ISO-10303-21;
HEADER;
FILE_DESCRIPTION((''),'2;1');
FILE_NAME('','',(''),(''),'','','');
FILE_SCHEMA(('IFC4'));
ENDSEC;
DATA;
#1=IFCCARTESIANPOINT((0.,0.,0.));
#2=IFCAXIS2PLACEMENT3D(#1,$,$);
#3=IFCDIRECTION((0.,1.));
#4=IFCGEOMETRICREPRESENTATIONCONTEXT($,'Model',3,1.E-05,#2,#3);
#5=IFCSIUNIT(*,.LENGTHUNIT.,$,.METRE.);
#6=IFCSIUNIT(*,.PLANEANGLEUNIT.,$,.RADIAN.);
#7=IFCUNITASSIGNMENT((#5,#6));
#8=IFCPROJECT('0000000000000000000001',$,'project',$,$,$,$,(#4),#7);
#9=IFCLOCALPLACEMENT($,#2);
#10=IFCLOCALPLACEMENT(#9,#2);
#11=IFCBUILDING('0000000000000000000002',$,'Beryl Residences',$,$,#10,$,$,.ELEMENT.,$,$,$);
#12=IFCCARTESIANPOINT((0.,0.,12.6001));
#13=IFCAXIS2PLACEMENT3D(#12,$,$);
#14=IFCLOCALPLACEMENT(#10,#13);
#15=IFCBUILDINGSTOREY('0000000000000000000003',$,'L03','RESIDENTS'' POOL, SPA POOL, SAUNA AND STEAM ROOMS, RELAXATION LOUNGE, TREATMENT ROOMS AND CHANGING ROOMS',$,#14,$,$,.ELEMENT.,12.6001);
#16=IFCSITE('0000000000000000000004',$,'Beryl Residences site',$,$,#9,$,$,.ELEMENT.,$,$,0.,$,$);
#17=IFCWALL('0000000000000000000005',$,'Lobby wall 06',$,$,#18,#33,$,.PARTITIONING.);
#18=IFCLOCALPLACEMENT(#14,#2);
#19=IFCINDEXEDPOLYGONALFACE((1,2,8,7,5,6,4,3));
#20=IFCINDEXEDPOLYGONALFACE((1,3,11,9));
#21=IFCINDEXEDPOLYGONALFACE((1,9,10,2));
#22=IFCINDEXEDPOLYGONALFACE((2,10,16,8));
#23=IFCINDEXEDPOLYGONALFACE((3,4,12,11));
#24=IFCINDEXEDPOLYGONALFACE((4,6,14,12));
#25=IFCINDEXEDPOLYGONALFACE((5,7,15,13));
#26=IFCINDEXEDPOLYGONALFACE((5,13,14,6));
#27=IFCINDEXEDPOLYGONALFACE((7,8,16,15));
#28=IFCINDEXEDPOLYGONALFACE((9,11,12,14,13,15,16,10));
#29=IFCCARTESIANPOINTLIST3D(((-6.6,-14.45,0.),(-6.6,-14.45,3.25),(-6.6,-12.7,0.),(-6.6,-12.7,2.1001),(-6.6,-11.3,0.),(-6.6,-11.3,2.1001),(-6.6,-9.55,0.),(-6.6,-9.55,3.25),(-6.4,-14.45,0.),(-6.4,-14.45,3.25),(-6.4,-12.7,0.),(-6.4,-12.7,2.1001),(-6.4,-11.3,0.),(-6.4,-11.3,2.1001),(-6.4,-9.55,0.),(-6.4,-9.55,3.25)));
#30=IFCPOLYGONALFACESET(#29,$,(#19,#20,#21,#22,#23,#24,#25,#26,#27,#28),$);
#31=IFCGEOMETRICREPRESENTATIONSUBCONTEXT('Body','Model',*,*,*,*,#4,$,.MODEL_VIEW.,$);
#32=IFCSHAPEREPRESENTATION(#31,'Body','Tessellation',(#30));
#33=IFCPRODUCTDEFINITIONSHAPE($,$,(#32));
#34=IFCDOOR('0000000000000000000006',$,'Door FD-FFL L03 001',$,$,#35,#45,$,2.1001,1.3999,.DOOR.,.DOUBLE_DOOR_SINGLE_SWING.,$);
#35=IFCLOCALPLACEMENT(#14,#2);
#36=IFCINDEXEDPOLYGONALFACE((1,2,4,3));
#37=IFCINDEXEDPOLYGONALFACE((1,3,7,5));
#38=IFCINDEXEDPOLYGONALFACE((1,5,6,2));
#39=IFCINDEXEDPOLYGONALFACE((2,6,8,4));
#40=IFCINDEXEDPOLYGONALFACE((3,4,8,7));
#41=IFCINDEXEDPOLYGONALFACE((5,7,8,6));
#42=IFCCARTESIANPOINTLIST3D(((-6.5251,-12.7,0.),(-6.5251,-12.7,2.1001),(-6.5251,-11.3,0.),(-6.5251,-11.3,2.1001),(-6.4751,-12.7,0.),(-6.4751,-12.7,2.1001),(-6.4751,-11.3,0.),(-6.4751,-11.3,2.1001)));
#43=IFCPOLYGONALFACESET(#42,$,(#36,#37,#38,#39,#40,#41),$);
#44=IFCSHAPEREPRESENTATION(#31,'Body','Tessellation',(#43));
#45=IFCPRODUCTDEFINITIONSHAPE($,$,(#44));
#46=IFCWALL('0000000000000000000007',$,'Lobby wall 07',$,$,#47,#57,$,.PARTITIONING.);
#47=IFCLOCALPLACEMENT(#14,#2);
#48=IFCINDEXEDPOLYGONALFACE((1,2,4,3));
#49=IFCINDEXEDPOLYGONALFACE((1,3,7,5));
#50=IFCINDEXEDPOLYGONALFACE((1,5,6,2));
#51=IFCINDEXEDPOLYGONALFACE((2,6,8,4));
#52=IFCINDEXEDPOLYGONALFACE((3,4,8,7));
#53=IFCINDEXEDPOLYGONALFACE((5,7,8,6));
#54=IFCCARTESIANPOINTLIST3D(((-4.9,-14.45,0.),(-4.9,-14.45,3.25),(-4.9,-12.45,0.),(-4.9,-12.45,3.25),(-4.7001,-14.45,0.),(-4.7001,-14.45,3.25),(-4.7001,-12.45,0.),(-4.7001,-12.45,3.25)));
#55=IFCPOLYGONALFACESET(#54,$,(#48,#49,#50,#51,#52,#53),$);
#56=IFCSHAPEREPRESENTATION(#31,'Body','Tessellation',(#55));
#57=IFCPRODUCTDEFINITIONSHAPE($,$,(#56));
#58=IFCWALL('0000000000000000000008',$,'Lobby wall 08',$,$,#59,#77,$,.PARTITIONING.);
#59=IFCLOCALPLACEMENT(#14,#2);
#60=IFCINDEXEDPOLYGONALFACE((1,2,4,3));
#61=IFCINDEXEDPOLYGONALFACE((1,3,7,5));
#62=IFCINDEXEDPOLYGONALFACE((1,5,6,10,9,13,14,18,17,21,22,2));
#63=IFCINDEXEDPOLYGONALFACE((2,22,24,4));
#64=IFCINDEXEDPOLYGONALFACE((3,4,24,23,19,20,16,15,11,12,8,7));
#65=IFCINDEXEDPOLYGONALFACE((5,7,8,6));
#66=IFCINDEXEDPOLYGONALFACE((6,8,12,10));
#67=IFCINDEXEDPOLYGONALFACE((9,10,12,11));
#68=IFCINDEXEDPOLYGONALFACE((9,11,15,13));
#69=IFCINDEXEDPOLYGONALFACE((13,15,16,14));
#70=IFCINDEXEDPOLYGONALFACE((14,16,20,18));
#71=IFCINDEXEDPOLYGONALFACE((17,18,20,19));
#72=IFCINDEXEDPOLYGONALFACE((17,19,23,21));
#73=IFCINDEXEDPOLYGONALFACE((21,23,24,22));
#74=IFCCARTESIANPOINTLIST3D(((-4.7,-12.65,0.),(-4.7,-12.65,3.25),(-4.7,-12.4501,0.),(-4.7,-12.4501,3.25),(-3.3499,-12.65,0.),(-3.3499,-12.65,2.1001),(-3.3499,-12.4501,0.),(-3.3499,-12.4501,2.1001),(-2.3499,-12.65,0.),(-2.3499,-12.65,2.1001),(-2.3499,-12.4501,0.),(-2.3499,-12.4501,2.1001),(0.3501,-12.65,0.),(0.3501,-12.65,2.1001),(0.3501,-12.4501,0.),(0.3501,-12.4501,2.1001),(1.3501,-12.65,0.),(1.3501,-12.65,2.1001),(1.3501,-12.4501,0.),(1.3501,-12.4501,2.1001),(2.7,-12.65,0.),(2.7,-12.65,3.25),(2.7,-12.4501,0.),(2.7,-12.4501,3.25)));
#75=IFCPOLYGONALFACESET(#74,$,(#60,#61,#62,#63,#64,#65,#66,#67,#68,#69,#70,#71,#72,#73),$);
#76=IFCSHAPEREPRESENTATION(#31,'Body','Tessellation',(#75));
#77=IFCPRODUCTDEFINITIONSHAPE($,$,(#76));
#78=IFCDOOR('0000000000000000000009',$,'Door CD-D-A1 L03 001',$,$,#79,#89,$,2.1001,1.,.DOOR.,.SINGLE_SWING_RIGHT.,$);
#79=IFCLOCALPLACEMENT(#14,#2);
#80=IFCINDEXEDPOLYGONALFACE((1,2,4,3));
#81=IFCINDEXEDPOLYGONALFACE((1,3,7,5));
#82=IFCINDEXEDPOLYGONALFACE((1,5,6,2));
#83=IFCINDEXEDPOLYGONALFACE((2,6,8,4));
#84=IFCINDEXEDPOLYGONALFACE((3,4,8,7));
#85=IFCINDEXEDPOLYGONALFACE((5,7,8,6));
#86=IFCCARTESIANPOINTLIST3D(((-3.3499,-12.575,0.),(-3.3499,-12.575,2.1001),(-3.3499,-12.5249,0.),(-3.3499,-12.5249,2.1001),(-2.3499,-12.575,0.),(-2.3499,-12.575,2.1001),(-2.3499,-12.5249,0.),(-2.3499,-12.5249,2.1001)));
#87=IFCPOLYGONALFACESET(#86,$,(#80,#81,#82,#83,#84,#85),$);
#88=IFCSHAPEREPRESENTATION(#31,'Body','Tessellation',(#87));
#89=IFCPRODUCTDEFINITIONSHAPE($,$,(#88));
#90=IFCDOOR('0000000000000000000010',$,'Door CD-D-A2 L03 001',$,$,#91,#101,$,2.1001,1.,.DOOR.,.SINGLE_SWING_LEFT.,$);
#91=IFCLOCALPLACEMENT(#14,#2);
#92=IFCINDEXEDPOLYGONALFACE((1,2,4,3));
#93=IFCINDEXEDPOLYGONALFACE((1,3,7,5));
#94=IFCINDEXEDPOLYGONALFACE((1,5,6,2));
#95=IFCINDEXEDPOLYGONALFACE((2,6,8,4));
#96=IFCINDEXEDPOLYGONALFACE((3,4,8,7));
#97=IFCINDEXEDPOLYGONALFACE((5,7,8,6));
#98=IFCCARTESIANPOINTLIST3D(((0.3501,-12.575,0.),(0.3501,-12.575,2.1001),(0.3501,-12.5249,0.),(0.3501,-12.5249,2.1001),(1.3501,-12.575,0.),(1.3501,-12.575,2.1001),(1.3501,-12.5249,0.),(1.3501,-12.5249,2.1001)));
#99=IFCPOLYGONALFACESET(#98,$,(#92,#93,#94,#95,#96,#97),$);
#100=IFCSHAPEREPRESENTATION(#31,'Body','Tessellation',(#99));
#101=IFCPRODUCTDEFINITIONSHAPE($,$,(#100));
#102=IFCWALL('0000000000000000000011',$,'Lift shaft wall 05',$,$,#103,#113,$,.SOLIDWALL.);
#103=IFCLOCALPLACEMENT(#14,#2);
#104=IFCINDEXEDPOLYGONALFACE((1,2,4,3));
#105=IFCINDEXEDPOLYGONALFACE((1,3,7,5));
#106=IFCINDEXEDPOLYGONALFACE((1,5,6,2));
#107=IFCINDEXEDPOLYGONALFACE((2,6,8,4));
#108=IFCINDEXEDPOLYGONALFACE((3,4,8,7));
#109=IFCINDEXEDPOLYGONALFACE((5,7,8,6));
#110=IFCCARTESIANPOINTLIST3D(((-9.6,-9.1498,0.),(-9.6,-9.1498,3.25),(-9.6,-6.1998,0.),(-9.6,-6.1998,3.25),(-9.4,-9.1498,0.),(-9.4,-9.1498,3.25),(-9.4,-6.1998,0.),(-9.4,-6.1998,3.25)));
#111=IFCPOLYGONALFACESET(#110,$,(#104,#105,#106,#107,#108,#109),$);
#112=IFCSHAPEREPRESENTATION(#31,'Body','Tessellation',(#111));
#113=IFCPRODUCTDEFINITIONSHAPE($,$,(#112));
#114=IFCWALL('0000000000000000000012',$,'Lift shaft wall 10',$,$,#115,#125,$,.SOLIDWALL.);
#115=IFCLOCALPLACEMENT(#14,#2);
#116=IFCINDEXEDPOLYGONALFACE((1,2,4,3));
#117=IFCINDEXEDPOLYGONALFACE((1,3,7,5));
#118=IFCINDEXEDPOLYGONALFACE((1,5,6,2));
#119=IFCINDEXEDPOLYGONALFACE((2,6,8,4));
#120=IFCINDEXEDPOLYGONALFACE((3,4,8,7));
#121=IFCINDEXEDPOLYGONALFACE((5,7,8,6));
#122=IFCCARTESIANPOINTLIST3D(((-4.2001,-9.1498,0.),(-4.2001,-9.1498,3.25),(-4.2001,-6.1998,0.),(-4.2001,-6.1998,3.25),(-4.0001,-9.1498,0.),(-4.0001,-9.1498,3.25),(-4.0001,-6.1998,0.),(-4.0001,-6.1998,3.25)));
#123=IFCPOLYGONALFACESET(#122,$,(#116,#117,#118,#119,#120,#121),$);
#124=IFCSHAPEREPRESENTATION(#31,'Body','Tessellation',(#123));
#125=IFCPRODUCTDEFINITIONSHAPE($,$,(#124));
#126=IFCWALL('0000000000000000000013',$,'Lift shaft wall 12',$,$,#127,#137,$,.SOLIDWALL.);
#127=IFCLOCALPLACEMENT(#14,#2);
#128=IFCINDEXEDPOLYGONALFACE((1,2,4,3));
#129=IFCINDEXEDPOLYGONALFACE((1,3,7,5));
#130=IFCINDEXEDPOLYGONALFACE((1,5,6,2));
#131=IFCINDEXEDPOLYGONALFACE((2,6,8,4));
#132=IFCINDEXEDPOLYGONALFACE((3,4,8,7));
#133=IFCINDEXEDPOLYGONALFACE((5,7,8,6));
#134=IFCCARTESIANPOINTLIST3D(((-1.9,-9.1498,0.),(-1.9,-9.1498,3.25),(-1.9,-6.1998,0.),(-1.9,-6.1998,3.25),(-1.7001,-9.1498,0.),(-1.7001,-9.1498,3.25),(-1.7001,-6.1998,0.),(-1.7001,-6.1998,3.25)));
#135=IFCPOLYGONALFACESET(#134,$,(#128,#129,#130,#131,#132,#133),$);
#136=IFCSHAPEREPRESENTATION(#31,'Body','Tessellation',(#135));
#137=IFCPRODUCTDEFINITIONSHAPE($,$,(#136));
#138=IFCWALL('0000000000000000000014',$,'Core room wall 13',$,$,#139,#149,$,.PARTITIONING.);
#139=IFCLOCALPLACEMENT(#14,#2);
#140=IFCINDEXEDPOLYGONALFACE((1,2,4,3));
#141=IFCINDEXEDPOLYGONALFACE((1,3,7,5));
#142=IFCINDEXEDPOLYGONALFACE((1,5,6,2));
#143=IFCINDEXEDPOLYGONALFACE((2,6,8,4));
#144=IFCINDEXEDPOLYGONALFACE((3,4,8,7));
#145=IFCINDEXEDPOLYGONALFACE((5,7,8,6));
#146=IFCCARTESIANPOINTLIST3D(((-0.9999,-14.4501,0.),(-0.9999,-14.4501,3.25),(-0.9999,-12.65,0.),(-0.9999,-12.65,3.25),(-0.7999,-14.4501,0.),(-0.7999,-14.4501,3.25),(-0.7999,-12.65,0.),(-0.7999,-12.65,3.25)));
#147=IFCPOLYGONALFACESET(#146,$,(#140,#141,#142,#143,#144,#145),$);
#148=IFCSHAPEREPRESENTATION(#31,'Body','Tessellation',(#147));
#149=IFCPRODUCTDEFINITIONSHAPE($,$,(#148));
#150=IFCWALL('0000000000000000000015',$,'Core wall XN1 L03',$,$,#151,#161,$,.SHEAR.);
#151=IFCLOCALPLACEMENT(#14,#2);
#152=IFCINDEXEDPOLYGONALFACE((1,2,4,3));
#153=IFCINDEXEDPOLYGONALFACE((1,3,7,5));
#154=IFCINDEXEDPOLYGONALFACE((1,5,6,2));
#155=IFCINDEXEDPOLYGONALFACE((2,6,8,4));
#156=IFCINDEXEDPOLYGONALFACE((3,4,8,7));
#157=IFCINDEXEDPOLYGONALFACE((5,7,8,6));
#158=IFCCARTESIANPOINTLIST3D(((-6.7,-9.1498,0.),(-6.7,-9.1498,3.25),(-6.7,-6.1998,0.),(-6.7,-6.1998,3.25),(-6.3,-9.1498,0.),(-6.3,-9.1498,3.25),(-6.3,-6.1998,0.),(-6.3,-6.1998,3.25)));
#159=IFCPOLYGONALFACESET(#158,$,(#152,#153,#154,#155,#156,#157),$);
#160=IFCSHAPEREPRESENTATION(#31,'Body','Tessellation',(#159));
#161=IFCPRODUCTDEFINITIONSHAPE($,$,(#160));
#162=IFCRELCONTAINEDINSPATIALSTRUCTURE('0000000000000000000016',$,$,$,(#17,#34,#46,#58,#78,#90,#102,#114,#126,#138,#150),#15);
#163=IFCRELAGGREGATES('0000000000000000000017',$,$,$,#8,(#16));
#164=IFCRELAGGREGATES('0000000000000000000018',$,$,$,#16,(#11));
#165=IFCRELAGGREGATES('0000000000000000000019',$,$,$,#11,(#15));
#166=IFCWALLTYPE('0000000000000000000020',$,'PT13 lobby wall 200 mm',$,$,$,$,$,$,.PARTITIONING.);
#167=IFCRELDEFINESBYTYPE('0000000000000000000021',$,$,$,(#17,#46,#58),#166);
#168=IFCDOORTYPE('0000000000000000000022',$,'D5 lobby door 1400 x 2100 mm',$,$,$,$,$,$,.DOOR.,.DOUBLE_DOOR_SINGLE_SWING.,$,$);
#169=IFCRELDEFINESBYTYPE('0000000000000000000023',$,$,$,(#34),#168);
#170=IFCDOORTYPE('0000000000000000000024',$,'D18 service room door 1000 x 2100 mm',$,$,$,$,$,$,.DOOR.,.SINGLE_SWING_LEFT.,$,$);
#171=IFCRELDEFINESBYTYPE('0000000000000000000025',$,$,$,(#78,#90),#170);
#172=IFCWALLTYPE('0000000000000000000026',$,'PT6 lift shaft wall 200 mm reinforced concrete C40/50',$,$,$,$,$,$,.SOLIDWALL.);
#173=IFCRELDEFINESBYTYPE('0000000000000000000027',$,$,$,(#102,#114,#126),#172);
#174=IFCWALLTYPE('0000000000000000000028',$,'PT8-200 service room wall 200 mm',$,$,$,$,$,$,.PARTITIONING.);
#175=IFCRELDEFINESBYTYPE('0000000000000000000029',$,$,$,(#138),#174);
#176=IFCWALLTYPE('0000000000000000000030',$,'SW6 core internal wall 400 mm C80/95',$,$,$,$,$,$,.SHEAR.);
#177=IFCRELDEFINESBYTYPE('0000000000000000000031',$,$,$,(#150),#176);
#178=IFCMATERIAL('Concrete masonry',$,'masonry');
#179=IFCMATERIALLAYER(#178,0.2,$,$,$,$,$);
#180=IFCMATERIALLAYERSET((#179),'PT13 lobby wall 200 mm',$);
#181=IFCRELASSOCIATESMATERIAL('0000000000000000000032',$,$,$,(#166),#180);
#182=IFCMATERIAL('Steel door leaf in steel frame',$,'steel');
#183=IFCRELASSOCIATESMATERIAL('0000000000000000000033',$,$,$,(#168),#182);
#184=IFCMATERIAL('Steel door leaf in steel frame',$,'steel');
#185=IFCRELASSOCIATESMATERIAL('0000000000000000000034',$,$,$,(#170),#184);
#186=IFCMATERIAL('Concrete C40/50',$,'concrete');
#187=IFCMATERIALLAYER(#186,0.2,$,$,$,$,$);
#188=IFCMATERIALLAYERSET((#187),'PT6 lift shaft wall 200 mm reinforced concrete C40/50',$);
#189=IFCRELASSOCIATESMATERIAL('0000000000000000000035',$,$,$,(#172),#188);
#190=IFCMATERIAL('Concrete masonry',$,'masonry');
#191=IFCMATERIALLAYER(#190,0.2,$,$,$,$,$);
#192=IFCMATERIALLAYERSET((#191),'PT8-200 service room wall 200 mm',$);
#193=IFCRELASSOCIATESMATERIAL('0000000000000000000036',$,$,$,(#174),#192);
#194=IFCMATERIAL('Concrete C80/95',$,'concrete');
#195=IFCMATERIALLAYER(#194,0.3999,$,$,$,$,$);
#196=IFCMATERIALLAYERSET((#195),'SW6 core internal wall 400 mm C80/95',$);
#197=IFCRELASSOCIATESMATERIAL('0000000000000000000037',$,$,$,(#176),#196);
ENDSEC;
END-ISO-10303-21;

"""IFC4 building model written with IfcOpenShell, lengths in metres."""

from ifc_helpers import new_model, si_unit, direction, frame, frame_2d, origin, place, context, subcontext, project, spatial, rectangle, extrude, material, layer, layer_set, type_object, element, fill, save


model = new_model("IFC4")

# Units and contexts
model_context = context("Model", 3, precision=1e-05, world=origin(), true_north=direction((0.0, 1.0)))
body_context = subcontext(model_context, "Body", "Model", "MODEL_VIEW")
ifc_project = project(units=[si_unit("LENGTHUNIT", "METRE"), si_unit("PLANEANGLEUNIT", "RADIAN")], contexts=[model_context])

# Site, building, storey
site_placement = place(None, origin())
site = spatial("IfcSite", under=ifc_project, at=site_placement, Name="Beryl Residences site", CompositionType="ELEMENT", RefElevation=0.0)
building_placement = place(site_placement, origin())
building = spatial("IfcBuilding", under=site, at=building_placement, Name="Beryl Residences", CompositionType="ELEMENT")
storey_placement = place(building_placement, frame((0.0, 0.0, 12.6001)))
storey = spatial("IfcBuildingStorey", under=building, at=storey_placement, Name="L03", Description="RESIDENTS' POOL, SPA POOL, SAUNA AND STEAM ROOMS, RELAXATION LOUNGE, TREATMENT ROOMS AND CHANGING ROOMS", CompositionType="ELEMENT", Elevation=12.6001)

# Wall, opening, door
ifc_material_1 = material(Name="Concrete masonry", Category="masonry")
ifc_layer_1 = layer(ifc_material_1, 0.2)
ifc_layer_set_1 = layer_set([ifc_layer_1], Name="PT13 lobby wall 200 mm")
wall_type_1 = type_object("IfcWallType", Name="PT13 lobby wall 200 mm", PredefinedType="PARTITIONING", material=ifc_layer_set_1)
wall_1_placement = place(storey_placement, frame((-6.5, -14.45, 0.0), z_axis=(0.0, 0.0, 1.0), x_axis=(0.0, 1.0, 0.0)))
wall_1 = element("IfcWall", 1, at=wall_1_placement, inside=storey, type_object=wall_type_1, Name="Lobby wall 06", PredefinedType="PARTITIONING", context=body_context, shape_type="SweptSolid", body=[
    extrude(rectangle(XDim=4.8999, YDim=0.2, at=frame_2d((2.45, 0.0))), origin(), (0.0, 0.0, 1.0), 3.25),
])
opening_1_placement = place(wall_1_placement, frame((3.1499, 0.0, 0.0), z_axis=(0.0, 0.0, 1.0), x_axis=(-1.0, 0.0, 0.0)))
opening_1 = element("IfcOpeningElement", 2, at=opening_1_placement, cuts=wall_1, PredefinedType="OPENING", context=body_context, shape_type="SweptSolid", body=[
    extrude(rectangle(XDim=1.3999, YDim=2.1001, at=frame_2d((0.7, 1.05))), frame((0.0, 0.1099, 0.0), z_axis=(0.0, -1.0, 0.0), x_axis=(1.0, 0.0, 0.0)), (0.0, 0.0, 1.0), 0.22),
])
ifc_material_2 = material(Name="Steel door leaf in steel frame", Category="steel")
door_type_1 = type_object("IfcDoorType", Name="D5 lobby door 1400 x 2100 mm", OperationType="DOUBLE_DOOR_SINGLE_SWING", PredefinedType="DOOR", material=ifc_material_2)
door_1_placement = place(opening_1_placement, origin())
door_1 = element("IfcDoor", 3, at=door_1_placement, inside=storey, type_object=door_type_1, Name="Door FD-FFL L03 001", OperationType="DOUBLE_DOOR_SINGLE_SWING", OverallHeight=2.1001, OverallWidth=1.3999, PredefinedType="DOOR", context=body_context, shape_type="SweptSolid", body=[
    extrude(rectangle(XDim=1.3999, YDim=2.1001, at=frame_2d((0.7, 1.05))), frame((0.0, 0.0249, 0.0), z_axis=(0.0, -1.0, 0.0), x_axis=(1.0, 0.0, 0.0)), (0.0, 0.0, 1.0), 0.05),
])
fill(opening_1, door_1)

# Wall
wall_2_placement = place(storey_placement, frame((-4.8, -14.45, 0.0), z_axis=(0.0, 0.0, 1.0), x_axis=(0.0, 1.0, 0.0)))
element("IfcWall", 4, at=wall_2_placement, inside=storey, type_object=wall_type_1, Name="Lobby wall 07", PredefinedType="PARTITIONING", context=body_context, shape_type="SweptSolid", body=[
    extrude(rectangle(XDim=2.0, YDim=0.2, at=frame_2d((1.0, 0.0))), origin(), (0.0, 0.0, 1.0), 3.25),
])

# Wall, openings, doors
wall_3_placement = place(storey_placement, frame((-4.7, -12.55, 0.0), z_axis=(0.0, 0.0, 1.0), x_axis=(1.0, 0.0, 0.0)))
wall_3 = element("IfcWall", 5, at=wall_3_placement, inside=storey, type_object=wall_type_1, Name="Lobby wall 08", PredefinedType="PARTITIONING", context=body_context, shape_type="SweptSolid", body=[
    extrude(rectangle(XDim=7.3999, YDim=0.2, at=frame_2d((3.7, 0.0))), origin(), (0.0, 0.0, 1.0), 3.25),
])
opening_2_placement = place(wall_3_placement, frame((2.3501, 0.0, 0.0), z_axis=(0.0, 0.0, 1.0), x_axis=(-1.0, 0.0, 0.0)))
opening_2 = element("IfcOpeningElement", 6, at=opening_2_placement, cuts=wall_3, PredefinedType="OPENING", context=body_context, shape_type="SweptSolid", body=[
    extrude(rectangle(XDim=1.0, YDim=2.1001, at=frame_2d((0.5, 1.05))), frame((0.0, 0.1099, 0.0), z_axis=(0.0, -1.0, 0.0), x_axis=(1.0, 0.0, 0.0)), (0.0, 0.0, 1.0), 0.22),
])
opening_3_placement = place(wall_3_placement, frame((6.05, 0.0, 0.0), z_axis=(0.0, 0.0, 1.0), x_axis=(-1.0, 0.0, 0.0)))
opening_3 = element("IfcOpeningElement", 7, at=opening_3_placement, cuts=wall_3, PredefinedType="OPENING", context=body_context, shape_type="SweptSolid", body=[
    extrude(rectangle(XDim=1.0, YDim=2.1001, at=frame_2d((0.5, 1.05))), frame((0.0, 0.1099, 0.0), z_axis=(0.0, -1.0, 0.0), x_axis=(1.0, 0.0, 0.0)), (0.0, 0.0, 1.0), 0.22),
])
ifc_material_3 = material(Name="Steel door leaf in steel frame", Category="steel")
door_type_2 = type_object("IfcDoorType", Name="D18 service room door 1000 x 2100 mm", OperationType="SINGLE_SWING_LEFT", PredefinedType="DOOR", material=ifc_material_3)
door_2_placement = place(opening_2_placement, origin())
door_2 = element("IfcDoor", 8, at=door_2_placement, inside=storey, type_object=door_type_2, Name="Door CD-D-A1 L03 001", OperationType="SINGLE_SWING_RIGHT", OverallHeight=2.1001, OverallWidth=1.0, PredefinedType="DOOR", context=body_context, shape_type="SweptSolid", body=[
    extrude(rectangle(XDim=1.0, YDim=2.1001, at=frame_2d((0.5, 1.05))), frame((0.0, 0.0249, 0.0), z_axis=(0.0, -1.0, 0.0), x_axis=(1.0, 0.0, 0.0)), (0.0, 0.0, 1.0), 0.05),
])
fill(opening_2, door_2)
door_3_placement = place(opening_3_placement, origin())
door_3 = element("IfcDoor", 9, at=door_3_placement, inside=storey, type_object=door_type_2, Name="Door CD-D-A2 L03 001", OperationType="SINGLE_SWING_LEFT", OverallHeight=2.1001, OverallWidth=1.0, PredefinedType="DOOR", context=body_context, shape_type="SweptSolid", body=[
    extrude(rectangle(XDim=1.0, YDim=2.1001, at=frame_2d((0.5, 1.05))), frame((0.0, 0.0249, 0.0), z_axis=(0.0, -1.0, 0.0), x_axis=(1.0, 0.0, 0.0)), (0.0, 0.0, 1.0), 0.05),
])
fill(opening_3, door_3)

# Walls
ifc_material_4 = material(Name="Concrete C40/50", Category="concrete")
ifc_layer_2 = layer(ifc_material_4, 0.2)
ifc_layer_set_2 = layer_set([ifc_layer_2], Name="PT6 lift shaft wall 200 mm reinforced concrete C40/50")
wall_type_2 = type_object("IfcWallType", Name="PT6 lift shaft wall 200 mm reinforced concrete C40/50", PredefinedType="SOLIDWALL", material=ifc_layer_set_2)
for number, where, z_axis, x_axis, name in (
    (10, (-9.5, -9.1499, 0.0), (0.0, 0.0, 1.0), (0.0, 1.0, 0.0), "Lift shaft wall 05"),
    (11, (-4.1001, -9.1499, 0.0), (0.0, 0.0, 1.0), (0.0, 1.0, 0.0), "Lift shaft wall 10"),
    (12, (-1.8, -9.1499, 0.0), (0.0, 0.0, 1.0), (0.0, 1.0, 0.0), "Lift shaft wall 12"),
):
    element("IfcWall", number, at=place(storey_placement, frame(where, z_axis=z_axis, x_axis=x_axis)), inside=storey, type_object=wall_type_2, Name=name, PredefinedType="SOLIDWALL", context=body_context, shape_type="SweptSolid", body=[
        extrude(rectangle(XDim=2.95, YDim=0.2, at=frame_2d((1.4751, 0.0))), origin(), (0.0, 0.0, 1.0), 3.25),
    ])
ifc_material_5 = material(Name="Concrete masonry", Category="masonry")
ifc_layer_3 = layer(ifc_material_5, 0.2)
ifc_layer_set_3 = layer_set([ifc_layer_3], Name="PT8-200 service room wall 200 mm")
wall_type_3 = type_object("IfcWallType", Name="PT8-200 service room wall 200 mm", PredefinedType="PARTITIONING", material=ifc_layer_set_3)
wall_4_placement = place(storey_placement, frame((-0.8999, -14.45, 0.0), z_axis=(0.0, 0.0, 1.0), x_axis=(0.0, 1.0, 0.0)))
element("IfcWall", 13, at=wall_4_placement, inside=storey, type_object=wall_type_3, Name="Core room wall 13", PredefinedType="PARTITIONING", context=body_context, shape_type="SweptSolid", body=[
    extrude(rectangle(XDim=1.8, YDim=0.2, at=frame_2d((0.8999, 0.0))), origin(), (0.0, 0.0, 1.0), 3.25),
])
ifc_material_6 = material(Name="Concrete C80/95", Category="concrete")
ifc_layer_4 = layer(ifc_material_6, 0.3999)
ifc_layer_set_4 = layer_set([ifc_layer_4], Name="SW6 core internal wall 400 mm C80/95")
wall_type_4 = type_object("IfcWallType", Name="SW6 core internal wall 400 mm C80/95", PredefinedType="SHEAR", material=ifc_layer_set_4)
wall_5_placement = place(storey_placement, frame((-6.5, -9.1499, 0.0), z_axis=(0.0, 0.0, 1.0), x_axis=(0.0, 1.0, 0.0)))
element("IfcWall", 14, at=wall_5_placement, inside=storey, type_object=wall_type_4, Name="Core wall XN1 L03", PredefinedType="SHEAR", context=body_context, shape_type="SweptSolid", body=[
    extrude(rectangle(XDim=2.95, YDim=0.3999, at=frame_2d((1.4751, 0.0))), origin(), (0.0, 0.0, 1.0), 3.25),
])

save(model, "model.ifc")
